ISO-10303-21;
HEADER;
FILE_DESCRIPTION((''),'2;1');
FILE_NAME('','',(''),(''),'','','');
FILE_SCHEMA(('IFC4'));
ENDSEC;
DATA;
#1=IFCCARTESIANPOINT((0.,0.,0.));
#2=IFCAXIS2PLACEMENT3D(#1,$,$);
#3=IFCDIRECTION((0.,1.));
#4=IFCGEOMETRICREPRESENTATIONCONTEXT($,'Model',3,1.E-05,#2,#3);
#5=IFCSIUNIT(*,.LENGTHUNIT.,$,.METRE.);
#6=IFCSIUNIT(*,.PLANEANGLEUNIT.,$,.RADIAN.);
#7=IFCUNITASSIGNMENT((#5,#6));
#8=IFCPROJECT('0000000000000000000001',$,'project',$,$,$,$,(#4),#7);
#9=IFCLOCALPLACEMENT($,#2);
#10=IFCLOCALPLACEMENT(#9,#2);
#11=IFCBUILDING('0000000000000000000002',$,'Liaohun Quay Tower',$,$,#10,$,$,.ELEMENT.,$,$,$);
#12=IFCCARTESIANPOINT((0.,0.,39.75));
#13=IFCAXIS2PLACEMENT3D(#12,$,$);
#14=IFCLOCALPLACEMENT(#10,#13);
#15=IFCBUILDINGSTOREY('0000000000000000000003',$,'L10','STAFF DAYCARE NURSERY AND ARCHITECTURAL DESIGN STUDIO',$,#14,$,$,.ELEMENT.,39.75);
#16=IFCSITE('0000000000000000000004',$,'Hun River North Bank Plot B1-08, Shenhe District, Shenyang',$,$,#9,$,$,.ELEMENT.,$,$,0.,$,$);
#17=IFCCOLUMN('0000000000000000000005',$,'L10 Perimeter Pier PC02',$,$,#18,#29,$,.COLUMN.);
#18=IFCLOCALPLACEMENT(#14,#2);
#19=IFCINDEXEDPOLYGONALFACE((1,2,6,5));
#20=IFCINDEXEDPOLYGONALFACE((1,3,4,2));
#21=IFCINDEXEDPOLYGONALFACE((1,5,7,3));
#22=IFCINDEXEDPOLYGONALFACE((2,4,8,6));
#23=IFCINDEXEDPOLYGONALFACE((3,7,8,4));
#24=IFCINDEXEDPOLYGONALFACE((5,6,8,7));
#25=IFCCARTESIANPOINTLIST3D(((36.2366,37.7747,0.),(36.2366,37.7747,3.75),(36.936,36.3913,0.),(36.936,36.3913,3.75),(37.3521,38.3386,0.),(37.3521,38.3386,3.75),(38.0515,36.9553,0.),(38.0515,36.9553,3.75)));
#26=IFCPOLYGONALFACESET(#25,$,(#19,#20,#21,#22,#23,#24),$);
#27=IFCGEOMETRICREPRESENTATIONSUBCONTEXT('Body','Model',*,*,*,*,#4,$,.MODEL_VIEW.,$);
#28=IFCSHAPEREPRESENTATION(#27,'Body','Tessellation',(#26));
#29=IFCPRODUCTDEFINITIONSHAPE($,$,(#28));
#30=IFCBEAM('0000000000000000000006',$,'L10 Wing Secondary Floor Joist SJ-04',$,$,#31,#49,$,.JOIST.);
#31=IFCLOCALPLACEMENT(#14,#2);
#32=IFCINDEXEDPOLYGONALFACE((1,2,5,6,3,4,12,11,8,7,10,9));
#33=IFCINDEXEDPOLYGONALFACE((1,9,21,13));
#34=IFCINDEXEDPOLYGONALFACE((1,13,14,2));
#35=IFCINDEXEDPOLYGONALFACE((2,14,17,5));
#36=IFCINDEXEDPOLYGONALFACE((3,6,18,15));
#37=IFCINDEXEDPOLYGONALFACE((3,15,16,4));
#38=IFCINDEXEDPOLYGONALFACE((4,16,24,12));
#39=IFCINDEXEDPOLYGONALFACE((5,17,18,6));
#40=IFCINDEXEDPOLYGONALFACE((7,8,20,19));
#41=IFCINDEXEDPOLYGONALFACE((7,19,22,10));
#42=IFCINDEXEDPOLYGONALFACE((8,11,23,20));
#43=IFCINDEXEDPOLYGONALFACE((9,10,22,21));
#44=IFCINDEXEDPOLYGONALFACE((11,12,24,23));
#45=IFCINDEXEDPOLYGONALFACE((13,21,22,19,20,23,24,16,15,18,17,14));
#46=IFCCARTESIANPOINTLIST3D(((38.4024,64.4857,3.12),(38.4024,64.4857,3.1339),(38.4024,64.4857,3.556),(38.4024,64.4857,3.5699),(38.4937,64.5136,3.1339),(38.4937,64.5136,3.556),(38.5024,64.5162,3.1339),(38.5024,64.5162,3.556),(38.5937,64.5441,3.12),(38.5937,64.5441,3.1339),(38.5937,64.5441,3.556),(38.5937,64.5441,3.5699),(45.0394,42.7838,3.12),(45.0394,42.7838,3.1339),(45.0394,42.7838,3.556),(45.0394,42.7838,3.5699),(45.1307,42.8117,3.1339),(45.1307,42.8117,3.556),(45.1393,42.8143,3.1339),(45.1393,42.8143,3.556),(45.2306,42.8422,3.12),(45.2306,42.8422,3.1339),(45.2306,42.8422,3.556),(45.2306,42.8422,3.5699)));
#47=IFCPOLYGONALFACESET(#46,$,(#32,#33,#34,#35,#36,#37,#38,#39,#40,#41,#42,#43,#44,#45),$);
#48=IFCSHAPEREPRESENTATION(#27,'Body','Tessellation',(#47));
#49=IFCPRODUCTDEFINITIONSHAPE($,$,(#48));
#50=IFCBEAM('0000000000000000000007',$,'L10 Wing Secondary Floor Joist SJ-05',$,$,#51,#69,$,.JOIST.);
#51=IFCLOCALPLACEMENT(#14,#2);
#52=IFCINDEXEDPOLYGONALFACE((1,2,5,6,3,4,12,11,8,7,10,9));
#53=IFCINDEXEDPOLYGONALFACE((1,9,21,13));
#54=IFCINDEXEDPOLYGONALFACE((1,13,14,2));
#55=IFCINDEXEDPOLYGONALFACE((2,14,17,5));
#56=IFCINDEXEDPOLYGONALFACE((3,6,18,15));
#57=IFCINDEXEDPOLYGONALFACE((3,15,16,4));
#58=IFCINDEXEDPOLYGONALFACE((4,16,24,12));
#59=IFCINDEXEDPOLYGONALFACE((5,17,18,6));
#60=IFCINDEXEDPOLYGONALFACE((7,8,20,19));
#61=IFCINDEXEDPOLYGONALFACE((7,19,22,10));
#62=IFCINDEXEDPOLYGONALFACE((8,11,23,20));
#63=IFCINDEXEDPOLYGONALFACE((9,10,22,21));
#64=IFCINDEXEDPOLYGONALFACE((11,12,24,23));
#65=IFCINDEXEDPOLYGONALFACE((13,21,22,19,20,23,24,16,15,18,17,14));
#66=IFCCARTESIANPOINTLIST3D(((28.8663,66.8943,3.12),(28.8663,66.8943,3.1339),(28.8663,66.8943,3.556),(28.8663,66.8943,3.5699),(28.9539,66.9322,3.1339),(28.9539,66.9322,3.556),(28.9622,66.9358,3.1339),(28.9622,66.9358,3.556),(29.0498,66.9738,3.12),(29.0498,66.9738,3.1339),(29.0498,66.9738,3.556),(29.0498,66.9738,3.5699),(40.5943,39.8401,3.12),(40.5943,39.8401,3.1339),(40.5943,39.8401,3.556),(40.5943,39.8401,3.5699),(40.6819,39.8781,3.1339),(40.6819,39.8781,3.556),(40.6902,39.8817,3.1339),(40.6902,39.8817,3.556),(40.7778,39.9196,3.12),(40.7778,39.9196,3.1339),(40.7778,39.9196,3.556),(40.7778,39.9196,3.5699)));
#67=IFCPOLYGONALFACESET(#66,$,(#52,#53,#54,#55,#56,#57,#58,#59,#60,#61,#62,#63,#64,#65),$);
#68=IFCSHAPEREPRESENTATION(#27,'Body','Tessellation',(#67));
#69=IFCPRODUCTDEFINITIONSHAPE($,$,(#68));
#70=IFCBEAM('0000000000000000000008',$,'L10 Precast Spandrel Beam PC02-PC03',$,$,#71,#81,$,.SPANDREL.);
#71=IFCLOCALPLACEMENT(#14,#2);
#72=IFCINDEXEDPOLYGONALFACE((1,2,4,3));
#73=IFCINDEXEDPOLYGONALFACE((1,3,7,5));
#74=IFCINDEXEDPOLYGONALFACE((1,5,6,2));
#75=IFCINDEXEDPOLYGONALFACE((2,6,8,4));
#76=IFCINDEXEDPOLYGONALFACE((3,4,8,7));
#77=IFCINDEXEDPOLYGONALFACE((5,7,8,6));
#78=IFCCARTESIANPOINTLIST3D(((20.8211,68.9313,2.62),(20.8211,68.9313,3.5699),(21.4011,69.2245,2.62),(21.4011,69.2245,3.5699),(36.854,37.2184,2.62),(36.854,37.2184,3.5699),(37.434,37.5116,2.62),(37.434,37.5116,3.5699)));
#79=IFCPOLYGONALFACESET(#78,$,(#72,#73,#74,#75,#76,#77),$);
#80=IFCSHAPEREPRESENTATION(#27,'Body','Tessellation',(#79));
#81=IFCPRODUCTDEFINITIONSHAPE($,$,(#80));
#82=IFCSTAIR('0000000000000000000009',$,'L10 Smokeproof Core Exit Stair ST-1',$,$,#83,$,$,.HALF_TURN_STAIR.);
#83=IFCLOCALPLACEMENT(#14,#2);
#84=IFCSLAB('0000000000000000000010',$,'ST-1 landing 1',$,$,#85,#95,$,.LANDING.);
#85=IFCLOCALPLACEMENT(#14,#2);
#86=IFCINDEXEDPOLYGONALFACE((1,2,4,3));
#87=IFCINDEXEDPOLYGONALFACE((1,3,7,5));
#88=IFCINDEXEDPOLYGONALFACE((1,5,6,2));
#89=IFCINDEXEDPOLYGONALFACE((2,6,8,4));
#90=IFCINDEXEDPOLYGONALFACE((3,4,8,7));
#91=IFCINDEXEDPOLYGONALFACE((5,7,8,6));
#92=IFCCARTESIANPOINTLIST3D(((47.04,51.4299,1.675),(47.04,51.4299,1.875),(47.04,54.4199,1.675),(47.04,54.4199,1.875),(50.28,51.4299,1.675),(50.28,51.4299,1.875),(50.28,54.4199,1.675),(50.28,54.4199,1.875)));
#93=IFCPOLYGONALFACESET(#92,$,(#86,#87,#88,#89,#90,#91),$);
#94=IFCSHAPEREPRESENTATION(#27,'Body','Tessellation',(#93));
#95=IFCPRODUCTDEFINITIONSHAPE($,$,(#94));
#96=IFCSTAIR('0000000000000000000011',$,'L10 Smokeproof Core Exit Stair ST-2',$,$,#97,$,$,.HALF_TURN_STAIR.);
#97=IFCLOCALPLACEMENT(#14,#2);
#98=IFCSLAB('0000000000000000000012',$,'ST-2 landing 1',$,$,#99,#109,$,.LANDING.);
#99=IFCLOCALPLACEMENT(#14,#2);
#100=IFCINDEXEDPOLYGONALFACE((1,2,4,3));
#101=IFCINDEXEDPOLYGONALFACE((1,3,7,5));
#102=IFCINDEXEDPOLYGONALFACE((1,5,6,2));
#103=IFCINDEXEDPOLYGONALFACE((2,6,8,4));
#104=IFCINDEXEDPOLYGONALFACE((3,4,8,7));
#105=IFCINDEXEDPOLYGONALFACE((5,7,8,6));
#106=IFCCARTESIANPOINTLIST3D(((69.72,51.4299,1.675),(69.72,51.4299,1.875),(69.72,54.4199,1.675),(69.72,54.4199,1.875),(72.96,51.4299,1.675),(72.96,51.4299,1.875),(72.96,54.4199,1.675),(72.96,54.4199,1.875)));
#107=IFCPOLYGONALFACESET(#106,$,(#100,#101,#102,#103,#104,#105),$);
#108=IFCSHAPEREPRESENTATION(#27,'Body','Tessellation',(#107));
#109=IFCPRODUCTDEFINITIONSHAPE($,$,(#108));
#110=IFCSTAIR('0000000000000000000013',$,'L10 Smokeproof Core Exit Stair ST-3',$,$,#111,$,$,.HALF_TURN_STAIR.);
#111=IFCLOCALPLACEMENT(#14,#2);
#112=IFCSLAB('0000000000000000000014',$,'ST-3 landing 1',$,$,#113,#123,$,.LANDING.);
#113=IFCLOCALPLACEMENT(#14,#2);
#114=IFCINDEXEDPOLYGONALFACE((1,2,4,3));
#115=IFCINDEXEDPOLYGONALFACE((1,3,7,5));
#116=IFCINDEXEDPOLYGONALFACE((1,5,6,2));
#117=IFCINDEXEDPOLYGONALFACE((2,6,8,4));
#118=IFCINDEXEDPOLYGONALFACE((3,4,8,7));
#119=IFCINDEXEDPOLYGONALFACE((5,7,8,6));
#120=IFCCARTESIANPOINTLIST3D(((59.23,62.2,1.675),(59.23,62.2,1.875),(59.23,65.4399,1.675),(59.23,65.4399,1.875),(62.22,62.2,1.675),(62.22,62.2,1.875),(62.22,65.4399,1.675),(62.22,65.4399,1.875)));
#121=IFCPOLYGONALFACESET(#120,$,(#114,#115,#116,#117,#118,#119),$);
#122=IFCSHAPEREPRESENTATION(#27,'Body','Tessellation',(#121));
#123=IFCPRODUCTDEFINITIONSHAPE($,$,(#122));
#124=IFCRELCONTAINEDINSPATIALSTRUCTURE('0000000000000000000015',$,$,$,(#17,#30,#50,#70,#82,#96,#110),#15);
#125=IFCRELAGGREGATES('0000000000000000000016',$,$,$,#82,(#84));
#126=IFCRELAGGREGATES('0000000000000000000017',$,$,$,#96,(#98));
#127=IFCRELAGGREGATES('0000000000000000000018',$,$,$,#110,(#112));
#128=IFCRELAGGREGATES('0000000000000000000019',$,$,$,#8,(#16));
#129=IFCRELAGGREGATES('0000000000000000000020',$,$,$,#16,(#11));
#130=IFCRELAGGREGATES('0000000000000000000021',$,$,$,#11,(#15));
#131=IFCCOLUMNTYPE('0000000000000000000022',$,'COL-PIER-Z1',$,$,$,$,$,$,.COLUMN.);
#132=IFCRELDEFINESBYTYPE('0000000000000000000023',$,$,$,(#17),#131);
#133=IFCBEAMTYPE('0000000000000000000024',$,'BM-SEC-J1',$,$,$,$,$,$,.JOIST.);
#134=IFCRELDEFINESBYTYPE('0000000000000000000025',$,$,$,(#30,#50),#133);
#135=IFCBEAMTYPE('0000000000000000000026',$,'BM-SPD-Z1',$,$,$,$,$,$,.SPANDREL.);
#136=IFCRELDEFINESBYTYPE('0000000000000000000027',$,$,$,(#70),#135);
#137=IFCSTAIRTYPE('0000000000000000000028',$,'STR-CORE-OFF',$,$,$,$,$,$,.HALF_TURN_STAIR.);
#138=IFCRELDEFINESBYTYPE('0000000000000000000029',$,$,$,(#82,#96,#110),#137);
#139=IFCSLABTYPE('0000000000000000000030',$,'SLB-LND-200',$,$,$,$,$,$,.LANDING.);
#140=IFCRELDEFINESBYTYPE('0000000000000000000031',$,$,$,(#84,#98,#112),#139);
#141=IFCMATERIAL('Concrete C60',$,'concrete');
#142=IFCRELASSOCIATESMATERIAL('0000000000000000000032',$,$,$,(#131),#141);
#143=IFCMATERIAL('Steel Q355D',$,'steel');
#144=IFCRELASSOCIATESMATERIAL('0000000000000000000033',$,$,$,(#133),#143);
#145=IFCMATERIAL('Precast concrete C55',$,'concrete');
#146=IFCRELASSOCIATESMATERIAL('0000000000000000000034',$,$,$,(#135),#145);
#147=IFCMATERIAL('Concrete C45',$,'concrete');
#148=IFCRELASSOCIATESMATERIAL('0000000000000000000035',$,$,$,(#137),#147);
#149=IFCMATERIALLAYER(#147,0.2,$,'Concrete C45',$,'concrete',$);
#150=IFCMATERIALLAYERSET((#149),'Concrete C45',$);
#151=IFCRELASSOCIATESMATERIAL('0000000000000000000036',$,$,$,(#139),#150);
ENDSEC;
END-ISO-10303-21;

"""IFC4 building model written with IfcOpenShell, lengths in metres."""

from ifc_helpers import new_model, si_unit, direction, frame, origin, origin_2d, place, context, subcontext, project, spatial, polyline, rectangle, i_section, outline, extrude, source, transform, mapped, material, layer, layer_set, material_profile, profile_set, type_object, element, aggregate, save


model = new_model("IFC4")

# Units and contexts
model_context = context("Model", 3, precision=1e-05, world=origin(), true_north=direction((0.0, 1.0)))
body_context = subcontext(model_context, "Body", "Model", "MODEL_VIEW")
ifc_project = project(units=[si_unit("LENGTHUNIT", "METRE"), si_unit("PLANEANGLEUNIT", "RADIAN")], contexts=[model_context])

# Site, building, storey
site_placement = place(None, origin())
site = spatial("IfcSite", under=ifc_project, at=site_placement, Name="Hun River North Bank Plot B1-08, Shenhe District, Shenyang", CompositionType="ELEMENT", RefElevation=0.0)
building_placement = place(site_placement, origin())
building = spatial("IfcBuilding", under=site, at=building_placement, Name="Liaohun Quay Tower", CompositionType="ELEMENT")
storey_placement = place(building_placement, frame((0.0, 0.0, 39.75)))
storey = spatial("IfcBuildingStorey", under=building, at=storey_placement, Name="L10", Description="STAFF DAYCARE NURSERY AND ARCHITECTURAL DESIGN STUDIO", CompositionType="ELEMENT", Elevation=39.75)

# Column
ifc_material_1 = material(Name="Concrete C60", Category="concrete")
ifc_material_profile_1 = material_profile(ifc_material_1, rectangle(XDim=1.55, YDim=1.25, at=origin_2d()), Name="RC1550x1250")
ifc_profile_set_1 = profile_set([ifc_material_profile_1], Name="Concrete C60")
column_type = type_object("IfcColumnType", Name="COL-PIER-Z1", PredefinedType="COLUMN", material=ifc_profile_set_1)
shared_shape_1 = source(origin(), body_context, "Body", "SweptSolid", [
    extrude(rectangle(XDim=1.55, YDim=1.25, at=origin_2d()), origin(), (0.0, 0.0, 1.0), 3.75),
])
column_placement = place(storey_placement, frame((37.144, 37.365, 0.0), z_axis=(0.0, 0.0, 1.0), x_axis=(-0.451189, 0.892428, 0.0)))
element("IfcColumn", 1, at=column_placement, inside=storey, type_object=column_type, Name="L10 Perimeter Pier PC02", PredefinedType="COLUMN", context=body_context, shape_type="MappedRepresentation", body=[
    mapped(shared_shape_1, transform((0.0, 0.0, 0.0), x_axis=(1.0, 0.0, 0.0), y_axis=(0.0, 1.0, 0.0), z_axis=(0.0, 0.0, 1.0), scale=1.0)),
])

# Beams
ifc_material_2 = material(Name="Steel Q355D", Category="steel")
ifc_material_profile_2 = material_profile(ifc_material_2, i_section(OverallWidth=0.2, OverallDepth=0.45, WebThickness=0.009, FlangeThickness=0.0139, at=origin_2d()), Name="HN450x200x9x14")
ifc_profile_set_2 = profile_set([ifc_material_profile_2], Name="Steel Q355D")
beam_type_1 = type_object("IfcBeamType", Name="BM-SEC-J1", PredefinedType="JOIST", material=ifc_profile_set_2)
shared_shape_2 = source(origin(), body_context, "Body", "SweptSolid", [
    extrude(i_section(OverallWidth=0.2, OverallDepth=0.45, WebThickness=0.009, FlangeThickness=0.0139, at=origin_2d()), origin(), (0.0, 0.0, 1.0), 22.6941),
])
beam_1_placement = place(storey_placement, frame((45.135, 42.813, 3.345), z_axis=(-0.292453, 0.95628, 0.0), x_axis=(-0.95628, -0.292453, 0.0)))
element("IfcBeam", 2, at=beam_1_placement, inside=storey, type_object=beam_type_1, Name="L10 Wing Secondary Floor Joist SJ-04", PredefinedType="JOIST", context=body_context, shape_type="MappedRepresentation", body=[
    mapped(shared_shape_2, transform((0.0, 0.0, 0.0), x_axis=(1.0, 0.0, 0.0), y_axis=(0.0, 1.0, 0.0), z_axis=(0.0, 0.0, 1.0), scale=1.0)),
])
shared_shape_3 = source(origin(), body_context, "Body", "SweptSolid", [
    extrude(i_section(OverallWidth=0.2, OverallDepth=0.45, WebThickness=0.009, FlangeThickness=0.0139, at=origin_2d()), origin(), (0.0, 0.0, 1.0), 29.4868),
])
beam_2_placement = place(storey_placement, frame((40.686, 39.8799, 3.345), z_axis=(-0.397737, 0.917499, 0.0), x_axis=(-0.917499, -0.397737, 0.0)))
element("IfcBeam", 3, at=beam_2_placement, inside=storey, type_object=beam_type_1, Name="L10 Wing Secondary Floor Joist SJ-05", PredefinedType="JOIST", context=body_context, shape_type="MappedRepresentation", body=[
    mapped(shared_shape_3, transform((0.0, 0.0, 0.0), x_axis=(1.0, 0.0, 0.0), y_axis=(0.0, 1.0, 0.0), z_axis=(0.0, 0.0, 1.0), scale=1.0)),
])
ifc_material_3 = material(Name="Precast concrete C55", Category="concrete")
ifc_material_profile_3 = material_profile(ifc_material_3, rectangle(XDim=0.6499, YDim=0.95, at=origin_2d()), Name="RC650x950")
ifc_profile_set_3 = profile_set([ifc_material_profile_3], Name="Precast concrete C55")
beam_type_2 = type_object("IfcBeamType", Name="BM-SPD-Z1", PredefinedType="SPANDREL", material=ifc_profile_set_3)
shared_shape_4 = source(origin(), body_context, "Body", "SweptSolid", [
    extrude(rectangle(XDim=0.6499, YDim=0.95, at=origin_2d()), origin(), (0.0, 0.0, 1.0), 35.5354),
])
beam_3_placement = place(storey_placement, frame((37.144, 37.365, 3.095), z_axis=(-0.451183, 0.892431, 0.0), x_axis=(-0.892431, -0.451183, 0.0)))
element("IfcBeam", 4, at=beam_3_placement, inside=storey, type_object=beam_type_2, Name="L10 Precast Spandrel Beam PC02-PC03", PredefinedType="SPANDREL", context=body_context, shape_type="MappedRepresentation", body=[
    mapped(shared_shape_4, transform((0.0, 0.0, 0.0), x_axis=(1.0, 0.0, 0.0), y_axis=(0.0, 1.0, 0.0), z_axis=(0.0, 0.0, 1.0), scale=1.0)),
])

# Stairs, slabs
ifc_material_4 = material(Name="Concrete C45", Category="concrete")
stair_type = type_object("IfcStairType", Name="STR-CORE-OFF", PredefinedType="HALF_TURN_STAIR", material=ifc_material_4)
stair_1_placement = place(storey_placement, origin())
stair_1 = element("IfcStair", 5, at=stair_1_placement, inside=storey, type_object=stair_type, Name="L10 Smokeproof Core Exit Stair ST-1", PredefinedType="HALF_TURN_STAIR")
ifc_layer_1 = layer(ifc_material_4, 0.2, Name="Concrete C45", Category="concrete")
ifc_layer_set_1 = layer_set([ifc_layer_1], Name="Concrete C45")
slab_type_1 = type_object("IfcSlabType", Name="SLB-LND-200", PredefinedType="LANDING", material=ifc_layer_set_1)
slab_1_placement = place(storey_placement, frame((0.0, 0.0, 1.675)))
slab_1 = element("IfcSlab", 6, at=slab_1_placement, type_object=slab_type_1, Name="ST-1 landing 1", PredefinedType="LANDING", context=body_context, shape_type="SweptSolid", body=[
    extrude(outline(polyline([(50.28, 51.4299), (50.28, 54.4199), (47.04, 54.4199), (47.04, 51.4299), (50.28, 51.4299)])), origin(), (0.0, 0.0, 1.0), 0.2),
])
aggregate(stair_1, [slab_1])
stair_2_placement = place(storey_placement, origin())
stair_2 = element("IfcStair", 7, at=stair_2_placement, inside=storey, type_object=stair_type, Name="L10 Smokeproof Core Exit Stair ST-2", PredefinedType="HALF_TURN_STAIR")
slab_2_placement = place(storey_placement, frame((0.0, 0.0, 1.675)))
slab_2 = element("IfcSlab", 8, at=slab_2_placement, type_object=slab_type_1, Name="ST-2 landing 1", PredefinedType="LANDING", context=body_context, shape_type="SweptSolid", body=[
    extrude(outline(polyline([(72.96, 51.4299), (72.96, 54.4199), (69.72, 54.4199), (69.72, 51.4299), (72.96, 51.4299)])), origin(), (0.0, 0.0, 1.0), 0.2),
])
aggregate(stair_2, [slab_2])
stair_3_placement = place(storey_placement, origin())
stair_3 = element("IfcStair", 9, at=stair_3_placement, inside=storey, type_object=stair_type, Name="L10 Smokeproof Core Exit Stair ST-3", PredefinedType="HALF_TURN_STAIR")
slab_3_placement = place(storey_placement, frame((0.0, 0.0, 1.675)))
slab_3 = element("IfcSlab", 10, at=slab_3_placement, type_object=slab_type_1, Name="ST-3 landing 1", PredefinedType="LANDING", context=body_context, shape_type="SweptSolid", body=[
    extrude(outline(polyline([(59.23, 62.2), (62.22, 62.2), (62.22, 65.4399), (59.23, 65.4399), (59.23, 62.2)])), origin(), (0.0, 0.0, 1.0), 0.2),
])
aggregate(stair_3, [slab_3])

save(model, "model.ifc")
